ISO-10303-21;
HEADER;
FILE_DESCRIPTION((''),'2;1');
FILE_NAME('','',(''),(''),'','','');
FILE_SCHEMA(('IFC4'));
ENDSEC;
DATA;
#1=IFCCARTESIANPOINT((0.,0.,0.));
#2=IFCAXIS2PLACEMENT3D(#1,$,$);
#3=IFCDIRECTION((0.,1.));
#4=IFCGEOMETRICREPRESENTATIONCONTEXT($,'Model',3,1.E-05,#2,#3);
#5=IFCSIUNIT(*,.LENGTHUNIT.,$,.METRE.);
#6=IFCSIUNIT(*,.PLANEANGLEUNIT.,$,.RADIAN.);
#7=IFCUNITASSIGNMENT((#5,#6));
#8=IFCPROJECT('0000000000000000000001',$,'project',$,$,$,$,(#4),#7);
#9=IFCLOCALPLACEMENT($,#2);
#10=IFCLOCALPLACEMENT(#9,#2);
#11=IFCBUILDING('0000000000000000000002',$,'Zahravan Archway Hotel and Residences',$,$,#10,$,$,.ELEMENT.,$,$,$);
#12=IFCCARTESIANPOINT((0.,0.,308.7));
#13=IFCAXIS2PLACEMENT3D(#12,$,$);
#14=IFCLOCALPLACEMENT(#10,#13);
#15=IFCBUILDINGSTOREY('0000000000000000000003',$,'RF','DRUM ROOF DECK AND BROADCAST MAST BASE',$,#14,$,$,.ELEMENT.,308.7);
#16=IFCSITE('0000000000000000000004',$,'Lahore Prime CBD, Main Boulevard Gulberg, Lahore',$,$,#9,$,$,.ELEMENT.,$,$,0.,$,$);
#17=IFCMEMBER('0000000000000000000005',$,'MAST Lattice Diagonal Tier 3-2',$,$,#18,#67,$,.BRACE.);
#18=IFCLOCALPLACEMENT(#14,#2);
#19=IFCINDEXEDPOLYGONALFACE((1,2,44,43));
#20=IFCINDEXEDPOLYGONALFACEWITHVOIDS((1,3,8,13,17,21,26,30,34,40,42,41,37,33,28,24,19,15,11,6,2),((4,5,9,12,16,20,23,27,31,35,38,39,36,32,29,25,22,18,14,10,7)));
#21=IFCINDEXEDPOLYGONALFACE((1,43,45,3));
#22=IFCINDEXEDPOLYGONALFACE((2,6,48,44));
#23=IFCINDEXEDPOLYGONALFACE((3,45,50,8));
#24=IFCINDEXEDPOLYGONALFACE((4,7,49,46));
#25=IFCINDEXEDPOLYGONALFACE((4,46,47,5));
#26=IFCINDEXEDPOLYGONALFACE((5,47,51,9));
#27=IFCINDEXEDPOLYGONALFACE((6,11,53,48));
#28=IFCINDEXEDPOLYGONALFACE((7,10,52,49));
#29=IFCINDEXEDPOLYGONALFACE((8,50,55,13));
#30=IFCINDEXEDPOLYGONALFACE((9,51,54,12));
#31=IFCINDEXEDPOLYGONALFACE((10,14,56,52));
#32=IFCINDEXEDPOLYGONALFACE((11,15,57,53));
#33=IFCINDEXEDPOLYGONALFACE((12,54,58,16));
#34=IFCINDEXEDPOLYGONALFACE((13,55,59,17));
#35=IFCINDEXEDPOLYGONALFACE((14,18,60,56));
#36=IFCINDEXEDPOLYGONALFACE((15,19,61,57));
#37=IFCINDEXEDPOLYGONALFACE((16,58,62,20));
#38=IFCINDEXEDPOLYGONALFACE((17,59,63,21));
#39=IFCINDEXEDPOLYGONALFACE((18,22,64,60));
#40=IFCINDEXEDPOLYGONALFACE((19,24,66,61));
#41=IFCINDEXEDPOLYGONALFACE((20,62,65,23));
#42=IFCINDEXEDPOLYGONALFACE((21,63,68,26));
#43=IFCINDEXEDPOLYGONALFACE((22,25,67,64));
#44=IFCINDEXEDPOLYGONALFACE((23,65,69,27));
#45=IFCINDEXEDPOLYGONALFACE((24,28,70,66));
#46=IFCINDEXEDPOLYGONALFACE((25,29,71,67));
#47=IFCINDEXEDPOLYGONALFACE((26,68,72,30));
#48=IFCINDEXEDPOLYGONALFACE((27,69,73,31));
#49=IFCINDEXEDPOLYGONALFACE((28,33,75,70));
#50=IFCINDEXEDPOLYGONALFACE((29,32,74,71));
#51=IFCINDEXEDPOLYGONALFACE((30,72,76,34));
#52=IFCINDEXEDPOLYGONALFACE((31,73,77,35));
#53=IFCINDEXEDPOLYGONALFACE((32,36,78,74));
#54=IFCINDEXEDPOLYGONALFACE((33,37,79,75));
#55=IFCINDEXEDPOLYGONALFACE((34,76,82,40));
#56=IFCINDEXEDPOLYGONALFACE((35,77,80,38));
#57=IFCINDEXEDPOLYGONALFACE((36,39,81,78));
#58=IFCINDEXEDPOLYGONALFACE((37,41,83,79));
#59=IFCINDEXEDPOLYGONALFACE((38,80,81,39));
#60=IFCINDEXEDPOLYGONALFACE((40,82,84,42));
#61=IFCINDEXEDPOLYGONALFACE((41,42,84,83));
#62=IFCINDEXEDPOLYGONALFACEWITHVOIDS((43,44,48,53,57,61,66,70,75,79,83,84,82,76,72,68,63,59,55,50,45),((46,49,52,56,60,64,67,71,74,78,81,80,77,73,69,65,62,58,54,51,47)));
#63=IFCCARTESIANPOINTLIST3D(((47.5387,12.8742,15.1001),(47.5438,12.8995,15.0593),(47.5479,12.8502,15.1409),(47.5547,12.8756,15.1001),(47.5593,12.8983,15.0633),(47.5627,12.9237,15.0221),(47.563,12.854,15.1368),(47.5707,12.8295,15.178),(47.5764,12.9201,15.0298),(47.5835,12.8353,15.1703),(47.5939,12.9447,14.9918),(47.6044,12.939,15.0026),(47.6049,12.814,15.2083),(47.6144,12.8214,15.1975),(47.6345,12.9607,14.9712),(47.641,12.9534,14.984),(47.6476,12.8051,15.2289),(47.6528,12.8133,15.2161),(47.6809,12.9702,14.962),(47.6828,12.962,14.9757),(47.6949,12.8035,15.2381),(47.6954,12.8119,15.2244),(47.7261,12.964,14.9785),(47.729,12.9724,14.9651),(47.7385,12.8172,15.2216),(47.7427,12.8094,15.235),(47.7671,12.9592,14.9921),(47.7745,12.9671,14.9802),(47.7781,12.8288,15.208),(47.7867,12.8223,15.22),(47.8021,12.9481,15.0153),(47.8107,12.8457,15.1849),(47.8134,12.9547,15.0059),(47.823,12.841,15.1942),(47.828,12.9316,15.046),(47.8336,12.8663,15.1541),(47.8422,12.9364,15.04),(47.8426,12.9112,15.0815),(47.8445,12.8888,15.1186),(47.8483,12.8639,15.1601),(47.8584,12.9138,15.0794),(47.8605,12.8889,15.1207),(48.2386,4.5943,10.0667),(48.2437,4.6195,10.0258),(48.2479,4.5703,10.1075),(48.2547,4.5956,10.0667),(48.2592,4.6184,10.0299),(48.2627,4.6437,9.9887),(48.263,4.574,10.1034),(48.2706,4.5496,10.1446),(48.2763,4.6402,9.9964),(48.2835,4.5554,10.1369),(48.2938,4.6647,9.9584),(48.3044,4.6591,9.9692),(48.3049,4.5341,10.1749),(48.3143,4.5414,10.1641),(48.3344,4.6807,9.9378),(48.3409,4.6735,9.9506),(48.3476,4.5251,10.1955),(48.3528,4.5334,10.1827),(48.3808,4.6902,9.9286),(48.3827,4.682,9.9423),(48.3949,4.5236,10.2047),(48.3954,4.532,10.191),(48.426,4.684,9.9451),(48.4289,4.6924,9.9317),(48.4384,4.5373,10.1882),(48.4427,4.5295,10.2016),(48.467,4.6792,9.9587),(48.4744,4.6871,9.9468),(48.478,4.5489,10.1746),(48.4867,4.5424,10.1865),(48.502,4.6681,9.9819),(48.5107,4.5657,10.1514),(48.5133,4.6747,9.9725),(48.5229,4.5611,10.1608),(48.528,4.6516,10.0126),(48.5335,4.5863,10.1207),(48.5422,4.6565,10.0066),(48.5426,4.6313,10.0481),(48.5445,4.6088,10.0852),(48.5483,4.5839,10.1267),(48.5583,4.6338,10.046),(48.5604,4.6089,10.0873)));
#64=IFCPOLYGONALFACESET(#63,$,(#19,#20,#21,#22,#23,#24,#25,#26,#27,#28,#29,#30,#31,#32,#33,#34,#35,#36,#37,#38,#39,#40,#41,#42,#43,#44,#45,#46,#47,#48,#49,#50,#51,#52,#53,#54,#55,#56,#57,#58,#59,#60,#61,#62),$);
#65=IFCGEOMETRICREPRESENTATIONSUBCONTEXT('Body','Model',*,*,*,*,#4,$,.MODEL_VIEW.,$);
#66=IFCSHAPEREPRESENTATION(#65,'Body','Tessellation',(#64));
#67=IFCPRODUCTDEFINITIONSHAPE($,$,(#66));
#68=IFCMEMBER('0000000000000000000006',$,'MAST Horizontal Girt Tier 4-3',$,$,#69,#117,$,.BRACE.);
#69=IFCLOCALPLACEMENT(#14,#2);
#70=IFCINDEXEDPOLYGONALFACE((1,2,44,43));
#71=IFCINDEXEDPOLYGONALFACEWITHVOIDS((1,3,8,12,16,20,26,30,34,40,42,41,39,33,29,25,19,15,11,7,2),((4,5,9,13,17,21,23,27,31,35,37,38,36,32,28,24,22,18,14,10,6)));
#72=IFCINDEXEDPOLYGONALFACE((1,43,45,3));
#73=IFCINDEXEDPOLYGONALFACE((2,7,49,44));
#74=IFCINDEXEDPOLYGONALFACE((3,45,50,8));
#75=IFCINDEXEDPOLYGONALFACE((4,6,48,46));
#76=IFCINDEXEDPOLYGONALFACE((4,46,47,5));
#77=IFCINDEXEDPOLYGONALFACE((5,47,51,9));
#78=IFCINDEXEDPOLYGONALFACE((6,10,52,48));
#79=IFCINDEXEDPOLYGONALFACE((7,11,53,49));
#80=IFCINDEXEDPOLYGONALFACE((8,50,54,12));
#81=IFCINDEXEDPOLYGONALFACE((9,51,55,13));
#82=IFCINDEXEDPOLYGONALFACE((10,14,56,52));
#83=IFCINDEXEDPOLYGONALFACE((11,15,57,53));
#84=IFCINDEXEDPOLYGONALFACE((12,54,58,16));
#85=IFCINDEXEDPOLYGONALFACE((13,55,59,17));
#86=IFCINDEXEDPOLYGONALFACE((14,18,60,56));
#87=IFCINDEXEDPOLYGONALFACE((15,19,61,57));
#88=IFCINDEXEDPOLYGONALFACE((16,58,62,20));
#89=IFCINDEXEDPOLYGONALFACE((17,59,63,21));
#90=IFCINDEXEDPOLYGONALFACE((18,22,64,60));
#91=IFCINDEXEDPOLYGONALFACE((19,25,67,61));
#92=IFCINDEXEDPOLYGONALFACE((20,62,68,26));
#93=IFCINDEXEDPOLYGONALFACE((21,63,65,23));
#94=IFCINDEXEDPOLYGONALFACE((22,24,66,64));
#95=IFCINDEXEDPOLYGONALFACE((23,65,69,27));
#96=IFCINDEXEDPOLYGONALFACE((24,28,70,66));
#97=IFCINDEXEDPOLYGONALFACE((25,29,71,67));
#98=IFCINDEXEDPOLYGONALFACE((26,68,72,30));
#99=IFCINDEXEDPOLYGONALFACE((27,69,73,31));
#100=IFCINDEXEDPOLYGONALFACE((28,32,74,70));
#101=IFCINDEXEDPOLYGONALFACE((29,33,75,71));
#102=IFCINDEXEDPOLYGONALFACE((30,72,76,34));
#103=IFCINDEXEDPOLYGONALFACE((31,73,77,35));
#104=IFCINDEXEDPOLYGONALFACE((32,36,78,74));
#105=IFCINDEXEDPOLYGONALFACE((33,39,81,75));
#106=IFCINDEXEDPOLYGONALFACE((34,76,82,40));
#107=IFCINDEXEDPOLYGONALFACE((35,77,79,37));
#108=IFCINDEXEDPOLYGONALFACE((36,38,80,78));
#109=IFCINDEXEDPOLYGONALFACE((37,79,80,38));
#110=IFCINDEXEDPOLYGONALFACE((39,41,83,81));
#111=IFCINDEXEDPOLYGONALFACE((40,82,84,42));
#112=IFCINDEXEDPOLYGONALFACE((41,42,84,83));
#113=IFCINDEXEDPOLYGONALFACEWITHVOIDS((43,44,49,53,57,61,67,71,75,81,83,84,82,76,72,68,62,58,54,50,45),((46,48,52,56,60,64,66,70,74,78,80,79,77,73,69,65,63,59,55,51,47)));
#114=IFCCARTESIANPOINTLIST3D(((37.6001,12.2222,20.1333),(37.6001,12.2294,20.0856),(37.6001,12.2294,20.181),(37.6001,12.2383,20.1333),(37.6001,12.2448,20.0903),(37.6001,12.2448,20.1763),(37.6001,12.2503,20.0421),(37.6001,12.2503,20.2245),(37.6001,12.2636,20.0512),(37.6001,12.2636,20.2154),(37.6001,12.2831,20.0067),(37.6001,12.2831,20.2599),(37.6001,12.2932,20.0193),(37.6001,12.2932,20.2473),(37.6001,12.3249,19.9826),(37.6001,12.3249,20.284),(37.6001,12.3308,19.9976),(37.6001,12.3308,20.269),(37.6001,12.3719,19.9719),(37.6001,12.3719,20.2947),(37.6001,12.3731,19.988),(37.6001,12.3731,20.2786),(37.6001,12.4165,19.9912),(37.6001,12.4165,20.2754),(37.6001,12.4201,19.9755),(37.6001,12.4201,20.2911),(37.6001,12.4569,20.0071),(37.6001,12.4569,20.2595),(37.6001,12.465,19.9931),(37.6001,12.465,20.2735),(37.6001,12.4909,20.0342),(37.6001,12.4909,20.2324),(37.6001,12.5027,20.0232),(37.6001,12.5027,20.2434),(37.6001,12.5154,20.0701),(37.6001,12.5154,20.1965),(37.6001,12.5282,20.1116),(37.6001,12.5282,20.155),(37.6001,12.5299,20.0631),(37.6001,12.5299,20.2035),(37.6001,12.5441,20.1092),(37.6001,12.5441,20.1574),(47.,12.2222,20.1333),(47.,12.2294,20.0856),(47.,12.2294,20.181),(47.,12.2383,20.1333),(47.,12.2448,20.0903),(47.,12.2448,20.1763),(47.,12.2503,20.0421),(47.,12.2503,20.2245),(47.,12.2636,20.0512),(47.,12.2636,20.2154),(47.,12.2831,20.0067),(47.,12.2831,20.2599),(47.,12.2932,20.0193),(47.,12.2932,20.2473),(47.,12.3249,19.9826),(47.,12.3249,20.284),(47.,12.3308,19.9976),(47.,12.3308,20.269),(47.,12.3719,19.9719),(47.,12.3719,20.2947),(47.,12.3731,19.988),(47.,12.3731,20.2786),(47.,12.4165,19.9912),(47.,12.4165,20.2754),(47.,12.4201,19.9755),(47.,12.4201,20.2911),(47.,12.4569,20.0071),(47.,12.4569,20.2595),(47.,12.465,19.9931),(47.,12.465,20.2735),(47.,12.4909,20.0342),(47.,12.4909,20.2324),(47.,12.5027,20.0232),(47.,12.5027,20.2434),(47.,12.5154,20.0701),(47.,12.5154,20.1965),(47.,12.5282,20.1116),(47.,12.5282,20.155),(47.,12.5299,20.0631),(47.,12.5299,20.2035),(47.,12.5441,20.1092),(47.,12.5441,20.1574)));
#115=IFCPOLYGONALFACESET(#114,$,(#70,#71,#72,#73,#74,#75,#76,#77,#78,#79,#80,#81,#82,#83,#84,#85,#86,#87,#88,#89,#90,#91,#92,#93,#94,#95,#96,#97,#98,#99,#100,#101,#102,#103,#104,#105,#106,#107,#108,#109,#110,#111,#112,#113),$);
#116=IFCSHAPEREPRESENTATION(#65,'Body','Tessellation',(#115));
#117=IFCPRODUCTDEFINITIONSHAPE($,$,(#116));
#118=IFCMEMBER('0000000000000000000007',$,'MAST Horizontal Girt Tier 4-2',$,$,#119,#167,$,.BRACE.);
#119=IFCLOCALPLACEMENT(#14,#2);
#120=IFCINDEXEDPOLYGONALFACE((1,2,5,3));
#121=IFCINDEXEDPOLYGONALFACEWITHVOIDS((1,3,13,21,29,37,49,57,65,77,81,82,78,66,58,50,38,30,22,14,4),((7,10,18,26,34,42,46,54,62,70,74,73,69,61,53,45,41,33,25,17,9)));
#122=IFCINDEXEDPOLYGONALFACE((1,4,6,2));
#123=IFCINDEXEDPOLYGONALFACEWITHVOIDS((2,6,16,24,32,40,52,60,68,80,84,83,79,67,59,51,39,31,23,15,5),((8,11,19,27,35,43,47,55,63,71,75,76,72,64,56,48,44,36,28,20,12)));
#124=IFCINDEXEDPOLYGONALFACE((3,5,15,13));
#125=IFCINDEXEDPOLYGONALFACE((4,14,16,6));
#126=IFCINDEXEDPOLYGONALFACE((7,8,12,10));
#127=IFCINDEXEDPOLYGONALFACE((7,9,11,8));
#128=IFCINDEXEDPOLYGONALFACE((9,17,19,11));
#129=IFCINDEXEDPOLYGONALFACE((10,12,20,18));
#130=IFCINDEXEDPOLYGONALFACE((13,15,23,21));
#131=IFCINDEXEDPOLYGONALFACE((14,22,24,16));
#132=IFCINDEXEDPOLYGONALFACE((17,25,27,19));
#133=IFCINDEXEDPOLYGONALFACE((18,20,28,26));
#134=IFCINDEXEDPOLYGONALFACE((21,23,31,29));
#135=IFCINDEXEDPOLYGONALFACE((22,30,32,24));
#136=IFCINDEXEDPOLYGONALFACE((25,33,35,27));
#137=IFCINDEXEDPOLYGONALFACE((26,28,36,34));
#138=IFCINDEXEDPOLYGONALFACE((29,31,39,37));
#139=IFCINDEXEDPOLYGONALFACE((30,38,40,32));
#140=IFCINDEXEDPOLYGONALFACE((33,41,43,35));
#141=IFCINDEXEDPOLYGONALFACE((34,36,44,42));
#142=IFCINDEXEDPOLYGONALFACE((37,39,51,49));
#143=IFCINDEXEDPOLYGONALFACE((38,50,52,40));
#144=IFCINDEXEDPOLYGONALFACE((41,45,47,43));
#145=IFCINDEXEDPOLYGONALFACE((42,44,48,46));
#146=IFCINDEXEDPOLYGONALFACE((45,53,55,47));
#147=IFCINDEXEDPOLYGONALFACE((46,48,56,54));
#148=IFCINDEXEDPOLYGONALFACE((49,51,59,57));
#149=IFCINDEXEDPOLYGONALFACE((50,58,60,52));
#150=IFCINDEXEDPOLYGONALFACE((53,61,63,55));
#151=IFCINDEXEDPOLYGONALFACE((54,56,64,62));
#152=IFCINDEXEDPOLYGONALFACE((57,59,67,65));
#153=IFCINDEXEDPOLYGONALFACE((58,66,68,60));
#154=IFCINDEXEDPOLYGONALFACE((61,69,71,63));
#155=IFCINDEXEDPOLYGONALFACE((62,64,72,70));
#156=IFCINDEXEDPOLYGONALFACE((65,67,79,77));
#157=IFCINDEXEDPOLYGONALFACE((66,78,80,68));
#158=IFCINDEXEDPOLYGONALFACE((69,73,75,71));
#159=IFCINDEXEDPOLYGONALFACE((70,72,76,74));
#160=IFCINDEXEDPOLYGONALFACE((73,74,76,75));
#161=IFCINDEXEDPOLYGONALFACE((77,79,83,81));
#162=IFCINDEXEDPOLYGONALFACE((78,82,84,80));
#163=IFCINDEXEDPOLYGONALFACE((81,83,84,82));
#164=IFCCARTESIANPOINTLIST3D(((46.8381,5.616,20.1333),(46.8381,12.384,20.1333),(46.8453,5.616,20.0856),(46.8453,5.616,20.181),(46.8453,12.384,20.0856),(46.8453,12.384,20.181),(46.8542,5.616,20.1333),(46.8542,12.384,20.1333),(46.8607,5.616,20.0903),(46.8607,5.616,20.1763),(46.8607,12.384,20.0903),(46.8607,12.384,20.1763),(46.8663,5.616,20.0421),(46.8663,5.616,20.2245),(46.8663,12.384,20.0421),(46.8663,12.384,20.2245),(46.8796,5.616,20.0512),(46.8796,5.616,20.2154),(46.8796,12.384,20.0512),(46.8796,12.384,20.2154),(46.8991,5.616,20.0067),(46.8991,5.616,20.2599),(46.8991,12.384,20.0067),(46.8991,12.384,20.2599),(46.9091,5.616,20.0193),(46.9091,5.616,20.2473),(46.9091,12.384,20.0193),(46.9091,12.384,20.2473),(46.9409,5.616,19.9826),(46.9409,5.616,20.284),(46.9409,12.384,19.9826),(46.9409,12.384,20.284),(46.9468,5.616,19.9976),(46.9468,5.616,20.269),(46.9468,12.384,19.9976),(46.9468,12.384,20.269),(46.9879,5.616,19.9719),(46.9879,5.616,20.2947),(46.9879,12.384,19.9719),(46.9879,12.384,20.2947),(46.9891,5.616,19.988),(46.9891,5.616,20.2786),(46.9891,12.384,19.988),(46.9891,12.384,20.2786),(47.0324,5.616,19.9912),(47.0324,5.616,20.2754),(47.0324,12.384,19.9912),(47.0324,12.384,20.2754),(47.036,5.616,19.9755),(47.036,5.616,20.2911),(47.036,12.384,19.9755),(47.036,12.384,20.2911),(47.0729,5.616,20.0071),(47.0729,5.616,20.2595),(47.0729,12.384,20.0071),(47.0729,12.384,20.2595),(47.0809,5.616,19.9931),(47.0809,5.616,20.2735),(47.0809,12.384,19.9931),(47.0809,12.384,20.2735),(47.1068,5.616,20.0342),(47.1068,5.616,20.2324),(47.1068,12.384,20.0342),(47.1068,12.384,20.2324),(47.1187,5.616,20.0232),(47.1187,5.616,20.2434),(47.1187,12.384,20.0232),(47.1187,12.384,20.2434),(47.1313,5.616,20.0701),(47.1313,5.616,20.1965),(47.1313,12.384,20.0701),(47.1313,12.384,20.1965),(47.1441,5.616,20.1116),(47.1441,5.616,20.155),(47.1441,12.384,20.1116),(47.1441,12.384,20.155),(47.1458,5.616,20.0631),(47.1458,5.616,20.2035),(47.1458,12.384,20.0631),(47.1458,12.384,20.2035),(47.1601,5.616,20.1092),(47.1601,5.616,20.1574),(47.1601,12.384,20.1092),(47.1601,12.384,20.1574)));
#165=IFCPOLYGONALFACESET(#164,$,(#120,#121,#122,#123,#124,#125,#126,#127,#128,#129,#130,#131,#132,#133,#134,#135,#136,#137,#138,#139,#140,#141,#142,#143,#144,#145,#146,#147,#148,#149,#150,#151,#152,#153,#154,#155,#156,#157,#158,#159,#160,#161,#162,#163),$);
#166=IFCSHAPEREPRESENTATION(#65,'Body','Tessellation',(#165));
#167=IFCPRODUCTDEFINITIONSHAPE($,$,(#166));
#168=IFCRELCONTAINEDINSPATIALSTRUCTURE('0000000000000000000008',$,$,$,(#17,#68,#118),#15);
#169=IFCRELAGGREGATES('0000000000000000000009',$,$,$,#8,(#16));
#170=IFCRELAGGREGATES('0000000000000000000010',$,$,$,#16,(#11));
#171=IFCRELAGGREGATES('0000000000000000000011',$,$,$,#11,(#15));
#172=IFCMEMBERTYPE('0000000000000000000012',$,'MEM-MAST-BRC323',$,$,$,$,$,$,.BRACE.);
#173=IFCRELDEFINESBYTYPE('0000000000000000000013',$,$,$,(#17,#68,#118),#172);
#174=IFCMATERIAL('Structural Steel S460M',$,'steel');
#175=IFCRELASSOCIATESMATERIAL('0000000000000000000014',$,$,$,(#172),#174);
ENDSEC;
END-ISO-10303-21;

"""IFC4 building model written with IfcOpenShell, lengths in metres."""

from ifc_helpers import new_model, si_unit, direction, frame, origin, origin_2d, place, context, subcontext, project, spatial, hollow_circle, extrude, source, transform, mapped, material, material_profile, profile_set, type_object, element, save


model = new_model("IFC4")

# Units and contexts
model_context = context("Model", 3, precision=1e-05, world=origin(), true_north=direction((0.0, 1.0)))
body_context = subcontext(model_context, "Body", "Model", "MODEL_VIEW")
ifc_project = project(units=[si_unit("LENGTHUNIT", "METRE"), si_unit("PLANEANGLEUNIT", "RADIAN")], contexts=[model_context])

# Site, building, storey
site_placement = place(None, origin())
site = spatial("IfcSite", under=ifc_project, at=site_placement, Name="Lahore Prime CBD, Main Boulevard Gulberg, Lahore", CompositionType="ELEMENT", RefElevation=0.0)
building_placement = place(site_placement, origin())
building = spatial("IfcBuilding", under=site, at=building_placement, Name="Zahravan Archway Hotel and Residences", CompositionType="ELEMENT")
storey_placement = place(building_placement, frame((0.0, 0.0, 308.7)))
storey = spatial("IfcBuildingStorey", under=building, at=storey_placement, Name="RF", Description="DRUM ROOF DECK AND BROADCAST MAST BASE", CompositionType="ELEMENT", Elevation=308.7)

# Members
ifc_material_1 = material(Name="Structural Steel S460M", Category="steel")
ifc_material_profile_1 = material_profile(ifc_material_1, hollow_circle(Radius=0.1619, WallThickness=0.0161, at=origin_2d()), Name="CHS 323.9x16", Category="steel")
ifc_profile_set_1 = profile_set([ifc_material_profile_1], Name="Structural Steel S460M")
member_type_1 = type_object("IfcMemberType", Name="MEM-MAST-BRC323", PredefinedType="BRACE", material=ifc_profile_set_1)
shared_shape_1 = source(origin(), body_context, "Body", "SweptSolid", [
    extrude(hollow_circle(Radius=0.1619, WallThickness=0.0161, at=origin_2d()), origin(), (0.0, 0.0, 1.0), 9.7151),
])
member_1_placement = place(storey_placement, frame((48.3999, 4.6079, 10.0667), z_axis=(-0.072047, 0.852279, 0.518102), x_axis=(-0.996446, -0.084234, 0.0)))
element("IfcMember", 1, at=member_1_placement, inside=storey, type_object=member_type_1, Name="MAST Lattice Diagonal Tier 3-2", PredefinedType="BRACE", context=body_context, shape_type="MappedRepresentation", body=[
    mapped(shared_shape_1, transform((0.0, 0.0, 0.0), scale=1.0)),
])
shared_shape_2 = source(origin(), body_context, "Body", "SweptSolid", [
    extrude(hollow_circle(Radius=0.1619, WallThickness=0.0161, at=origin_2d()), origin(), (0.0, 0.0, 1.0), 9.3999),
])
member_2_placement = place(storey_placement, frame((47.0, 12.384, 20.1333), z_axis=(-1.0, 0.0, 0.0), x_axis=(0.0, -1.0, 0.0)))
element("IfcMember", 2, at=member_2_placement, inside=storey, type_object=member_type_1, Name="MAST Horizontal Girt Tier 4-3", PredefinedType="BRACE", context=body_context, shape_type="MappedRepresentation", body=[
    mapped(shared_shape_2, transform((0.0, 0.0, 0.0), scale=1.0)),
])
shared_shape_3 = source(origin(), body_context, "Body", "SweptSolid", [
    extrude(hollow_circle(Radius=0.1619, WallThickness=0.0161, at=origin_2d()), origin(), (0.0, 0.0, 1.0), 6.7681),
])
member_3_placement = place(storey_placement, frame((47.0, 5.616, 20.1333), z_axis=(0.0, 1.0, 0.0), x_axis=(-1.0, 0.0, 0.0)))
element("IfcMember", 3, at=member_3_placement, inside=storey, type_object=member_type_1, Name="MAST Horizontal Girt Tier 4-2", PredefinedType="BRACE", context=body_context, shape_type="MappedRepresentation", body=[
    mapped(shared_shape_3, transform((0.0, 0.0, 0.0), scale=1.0)),
])

save(model, "model.ifc")
